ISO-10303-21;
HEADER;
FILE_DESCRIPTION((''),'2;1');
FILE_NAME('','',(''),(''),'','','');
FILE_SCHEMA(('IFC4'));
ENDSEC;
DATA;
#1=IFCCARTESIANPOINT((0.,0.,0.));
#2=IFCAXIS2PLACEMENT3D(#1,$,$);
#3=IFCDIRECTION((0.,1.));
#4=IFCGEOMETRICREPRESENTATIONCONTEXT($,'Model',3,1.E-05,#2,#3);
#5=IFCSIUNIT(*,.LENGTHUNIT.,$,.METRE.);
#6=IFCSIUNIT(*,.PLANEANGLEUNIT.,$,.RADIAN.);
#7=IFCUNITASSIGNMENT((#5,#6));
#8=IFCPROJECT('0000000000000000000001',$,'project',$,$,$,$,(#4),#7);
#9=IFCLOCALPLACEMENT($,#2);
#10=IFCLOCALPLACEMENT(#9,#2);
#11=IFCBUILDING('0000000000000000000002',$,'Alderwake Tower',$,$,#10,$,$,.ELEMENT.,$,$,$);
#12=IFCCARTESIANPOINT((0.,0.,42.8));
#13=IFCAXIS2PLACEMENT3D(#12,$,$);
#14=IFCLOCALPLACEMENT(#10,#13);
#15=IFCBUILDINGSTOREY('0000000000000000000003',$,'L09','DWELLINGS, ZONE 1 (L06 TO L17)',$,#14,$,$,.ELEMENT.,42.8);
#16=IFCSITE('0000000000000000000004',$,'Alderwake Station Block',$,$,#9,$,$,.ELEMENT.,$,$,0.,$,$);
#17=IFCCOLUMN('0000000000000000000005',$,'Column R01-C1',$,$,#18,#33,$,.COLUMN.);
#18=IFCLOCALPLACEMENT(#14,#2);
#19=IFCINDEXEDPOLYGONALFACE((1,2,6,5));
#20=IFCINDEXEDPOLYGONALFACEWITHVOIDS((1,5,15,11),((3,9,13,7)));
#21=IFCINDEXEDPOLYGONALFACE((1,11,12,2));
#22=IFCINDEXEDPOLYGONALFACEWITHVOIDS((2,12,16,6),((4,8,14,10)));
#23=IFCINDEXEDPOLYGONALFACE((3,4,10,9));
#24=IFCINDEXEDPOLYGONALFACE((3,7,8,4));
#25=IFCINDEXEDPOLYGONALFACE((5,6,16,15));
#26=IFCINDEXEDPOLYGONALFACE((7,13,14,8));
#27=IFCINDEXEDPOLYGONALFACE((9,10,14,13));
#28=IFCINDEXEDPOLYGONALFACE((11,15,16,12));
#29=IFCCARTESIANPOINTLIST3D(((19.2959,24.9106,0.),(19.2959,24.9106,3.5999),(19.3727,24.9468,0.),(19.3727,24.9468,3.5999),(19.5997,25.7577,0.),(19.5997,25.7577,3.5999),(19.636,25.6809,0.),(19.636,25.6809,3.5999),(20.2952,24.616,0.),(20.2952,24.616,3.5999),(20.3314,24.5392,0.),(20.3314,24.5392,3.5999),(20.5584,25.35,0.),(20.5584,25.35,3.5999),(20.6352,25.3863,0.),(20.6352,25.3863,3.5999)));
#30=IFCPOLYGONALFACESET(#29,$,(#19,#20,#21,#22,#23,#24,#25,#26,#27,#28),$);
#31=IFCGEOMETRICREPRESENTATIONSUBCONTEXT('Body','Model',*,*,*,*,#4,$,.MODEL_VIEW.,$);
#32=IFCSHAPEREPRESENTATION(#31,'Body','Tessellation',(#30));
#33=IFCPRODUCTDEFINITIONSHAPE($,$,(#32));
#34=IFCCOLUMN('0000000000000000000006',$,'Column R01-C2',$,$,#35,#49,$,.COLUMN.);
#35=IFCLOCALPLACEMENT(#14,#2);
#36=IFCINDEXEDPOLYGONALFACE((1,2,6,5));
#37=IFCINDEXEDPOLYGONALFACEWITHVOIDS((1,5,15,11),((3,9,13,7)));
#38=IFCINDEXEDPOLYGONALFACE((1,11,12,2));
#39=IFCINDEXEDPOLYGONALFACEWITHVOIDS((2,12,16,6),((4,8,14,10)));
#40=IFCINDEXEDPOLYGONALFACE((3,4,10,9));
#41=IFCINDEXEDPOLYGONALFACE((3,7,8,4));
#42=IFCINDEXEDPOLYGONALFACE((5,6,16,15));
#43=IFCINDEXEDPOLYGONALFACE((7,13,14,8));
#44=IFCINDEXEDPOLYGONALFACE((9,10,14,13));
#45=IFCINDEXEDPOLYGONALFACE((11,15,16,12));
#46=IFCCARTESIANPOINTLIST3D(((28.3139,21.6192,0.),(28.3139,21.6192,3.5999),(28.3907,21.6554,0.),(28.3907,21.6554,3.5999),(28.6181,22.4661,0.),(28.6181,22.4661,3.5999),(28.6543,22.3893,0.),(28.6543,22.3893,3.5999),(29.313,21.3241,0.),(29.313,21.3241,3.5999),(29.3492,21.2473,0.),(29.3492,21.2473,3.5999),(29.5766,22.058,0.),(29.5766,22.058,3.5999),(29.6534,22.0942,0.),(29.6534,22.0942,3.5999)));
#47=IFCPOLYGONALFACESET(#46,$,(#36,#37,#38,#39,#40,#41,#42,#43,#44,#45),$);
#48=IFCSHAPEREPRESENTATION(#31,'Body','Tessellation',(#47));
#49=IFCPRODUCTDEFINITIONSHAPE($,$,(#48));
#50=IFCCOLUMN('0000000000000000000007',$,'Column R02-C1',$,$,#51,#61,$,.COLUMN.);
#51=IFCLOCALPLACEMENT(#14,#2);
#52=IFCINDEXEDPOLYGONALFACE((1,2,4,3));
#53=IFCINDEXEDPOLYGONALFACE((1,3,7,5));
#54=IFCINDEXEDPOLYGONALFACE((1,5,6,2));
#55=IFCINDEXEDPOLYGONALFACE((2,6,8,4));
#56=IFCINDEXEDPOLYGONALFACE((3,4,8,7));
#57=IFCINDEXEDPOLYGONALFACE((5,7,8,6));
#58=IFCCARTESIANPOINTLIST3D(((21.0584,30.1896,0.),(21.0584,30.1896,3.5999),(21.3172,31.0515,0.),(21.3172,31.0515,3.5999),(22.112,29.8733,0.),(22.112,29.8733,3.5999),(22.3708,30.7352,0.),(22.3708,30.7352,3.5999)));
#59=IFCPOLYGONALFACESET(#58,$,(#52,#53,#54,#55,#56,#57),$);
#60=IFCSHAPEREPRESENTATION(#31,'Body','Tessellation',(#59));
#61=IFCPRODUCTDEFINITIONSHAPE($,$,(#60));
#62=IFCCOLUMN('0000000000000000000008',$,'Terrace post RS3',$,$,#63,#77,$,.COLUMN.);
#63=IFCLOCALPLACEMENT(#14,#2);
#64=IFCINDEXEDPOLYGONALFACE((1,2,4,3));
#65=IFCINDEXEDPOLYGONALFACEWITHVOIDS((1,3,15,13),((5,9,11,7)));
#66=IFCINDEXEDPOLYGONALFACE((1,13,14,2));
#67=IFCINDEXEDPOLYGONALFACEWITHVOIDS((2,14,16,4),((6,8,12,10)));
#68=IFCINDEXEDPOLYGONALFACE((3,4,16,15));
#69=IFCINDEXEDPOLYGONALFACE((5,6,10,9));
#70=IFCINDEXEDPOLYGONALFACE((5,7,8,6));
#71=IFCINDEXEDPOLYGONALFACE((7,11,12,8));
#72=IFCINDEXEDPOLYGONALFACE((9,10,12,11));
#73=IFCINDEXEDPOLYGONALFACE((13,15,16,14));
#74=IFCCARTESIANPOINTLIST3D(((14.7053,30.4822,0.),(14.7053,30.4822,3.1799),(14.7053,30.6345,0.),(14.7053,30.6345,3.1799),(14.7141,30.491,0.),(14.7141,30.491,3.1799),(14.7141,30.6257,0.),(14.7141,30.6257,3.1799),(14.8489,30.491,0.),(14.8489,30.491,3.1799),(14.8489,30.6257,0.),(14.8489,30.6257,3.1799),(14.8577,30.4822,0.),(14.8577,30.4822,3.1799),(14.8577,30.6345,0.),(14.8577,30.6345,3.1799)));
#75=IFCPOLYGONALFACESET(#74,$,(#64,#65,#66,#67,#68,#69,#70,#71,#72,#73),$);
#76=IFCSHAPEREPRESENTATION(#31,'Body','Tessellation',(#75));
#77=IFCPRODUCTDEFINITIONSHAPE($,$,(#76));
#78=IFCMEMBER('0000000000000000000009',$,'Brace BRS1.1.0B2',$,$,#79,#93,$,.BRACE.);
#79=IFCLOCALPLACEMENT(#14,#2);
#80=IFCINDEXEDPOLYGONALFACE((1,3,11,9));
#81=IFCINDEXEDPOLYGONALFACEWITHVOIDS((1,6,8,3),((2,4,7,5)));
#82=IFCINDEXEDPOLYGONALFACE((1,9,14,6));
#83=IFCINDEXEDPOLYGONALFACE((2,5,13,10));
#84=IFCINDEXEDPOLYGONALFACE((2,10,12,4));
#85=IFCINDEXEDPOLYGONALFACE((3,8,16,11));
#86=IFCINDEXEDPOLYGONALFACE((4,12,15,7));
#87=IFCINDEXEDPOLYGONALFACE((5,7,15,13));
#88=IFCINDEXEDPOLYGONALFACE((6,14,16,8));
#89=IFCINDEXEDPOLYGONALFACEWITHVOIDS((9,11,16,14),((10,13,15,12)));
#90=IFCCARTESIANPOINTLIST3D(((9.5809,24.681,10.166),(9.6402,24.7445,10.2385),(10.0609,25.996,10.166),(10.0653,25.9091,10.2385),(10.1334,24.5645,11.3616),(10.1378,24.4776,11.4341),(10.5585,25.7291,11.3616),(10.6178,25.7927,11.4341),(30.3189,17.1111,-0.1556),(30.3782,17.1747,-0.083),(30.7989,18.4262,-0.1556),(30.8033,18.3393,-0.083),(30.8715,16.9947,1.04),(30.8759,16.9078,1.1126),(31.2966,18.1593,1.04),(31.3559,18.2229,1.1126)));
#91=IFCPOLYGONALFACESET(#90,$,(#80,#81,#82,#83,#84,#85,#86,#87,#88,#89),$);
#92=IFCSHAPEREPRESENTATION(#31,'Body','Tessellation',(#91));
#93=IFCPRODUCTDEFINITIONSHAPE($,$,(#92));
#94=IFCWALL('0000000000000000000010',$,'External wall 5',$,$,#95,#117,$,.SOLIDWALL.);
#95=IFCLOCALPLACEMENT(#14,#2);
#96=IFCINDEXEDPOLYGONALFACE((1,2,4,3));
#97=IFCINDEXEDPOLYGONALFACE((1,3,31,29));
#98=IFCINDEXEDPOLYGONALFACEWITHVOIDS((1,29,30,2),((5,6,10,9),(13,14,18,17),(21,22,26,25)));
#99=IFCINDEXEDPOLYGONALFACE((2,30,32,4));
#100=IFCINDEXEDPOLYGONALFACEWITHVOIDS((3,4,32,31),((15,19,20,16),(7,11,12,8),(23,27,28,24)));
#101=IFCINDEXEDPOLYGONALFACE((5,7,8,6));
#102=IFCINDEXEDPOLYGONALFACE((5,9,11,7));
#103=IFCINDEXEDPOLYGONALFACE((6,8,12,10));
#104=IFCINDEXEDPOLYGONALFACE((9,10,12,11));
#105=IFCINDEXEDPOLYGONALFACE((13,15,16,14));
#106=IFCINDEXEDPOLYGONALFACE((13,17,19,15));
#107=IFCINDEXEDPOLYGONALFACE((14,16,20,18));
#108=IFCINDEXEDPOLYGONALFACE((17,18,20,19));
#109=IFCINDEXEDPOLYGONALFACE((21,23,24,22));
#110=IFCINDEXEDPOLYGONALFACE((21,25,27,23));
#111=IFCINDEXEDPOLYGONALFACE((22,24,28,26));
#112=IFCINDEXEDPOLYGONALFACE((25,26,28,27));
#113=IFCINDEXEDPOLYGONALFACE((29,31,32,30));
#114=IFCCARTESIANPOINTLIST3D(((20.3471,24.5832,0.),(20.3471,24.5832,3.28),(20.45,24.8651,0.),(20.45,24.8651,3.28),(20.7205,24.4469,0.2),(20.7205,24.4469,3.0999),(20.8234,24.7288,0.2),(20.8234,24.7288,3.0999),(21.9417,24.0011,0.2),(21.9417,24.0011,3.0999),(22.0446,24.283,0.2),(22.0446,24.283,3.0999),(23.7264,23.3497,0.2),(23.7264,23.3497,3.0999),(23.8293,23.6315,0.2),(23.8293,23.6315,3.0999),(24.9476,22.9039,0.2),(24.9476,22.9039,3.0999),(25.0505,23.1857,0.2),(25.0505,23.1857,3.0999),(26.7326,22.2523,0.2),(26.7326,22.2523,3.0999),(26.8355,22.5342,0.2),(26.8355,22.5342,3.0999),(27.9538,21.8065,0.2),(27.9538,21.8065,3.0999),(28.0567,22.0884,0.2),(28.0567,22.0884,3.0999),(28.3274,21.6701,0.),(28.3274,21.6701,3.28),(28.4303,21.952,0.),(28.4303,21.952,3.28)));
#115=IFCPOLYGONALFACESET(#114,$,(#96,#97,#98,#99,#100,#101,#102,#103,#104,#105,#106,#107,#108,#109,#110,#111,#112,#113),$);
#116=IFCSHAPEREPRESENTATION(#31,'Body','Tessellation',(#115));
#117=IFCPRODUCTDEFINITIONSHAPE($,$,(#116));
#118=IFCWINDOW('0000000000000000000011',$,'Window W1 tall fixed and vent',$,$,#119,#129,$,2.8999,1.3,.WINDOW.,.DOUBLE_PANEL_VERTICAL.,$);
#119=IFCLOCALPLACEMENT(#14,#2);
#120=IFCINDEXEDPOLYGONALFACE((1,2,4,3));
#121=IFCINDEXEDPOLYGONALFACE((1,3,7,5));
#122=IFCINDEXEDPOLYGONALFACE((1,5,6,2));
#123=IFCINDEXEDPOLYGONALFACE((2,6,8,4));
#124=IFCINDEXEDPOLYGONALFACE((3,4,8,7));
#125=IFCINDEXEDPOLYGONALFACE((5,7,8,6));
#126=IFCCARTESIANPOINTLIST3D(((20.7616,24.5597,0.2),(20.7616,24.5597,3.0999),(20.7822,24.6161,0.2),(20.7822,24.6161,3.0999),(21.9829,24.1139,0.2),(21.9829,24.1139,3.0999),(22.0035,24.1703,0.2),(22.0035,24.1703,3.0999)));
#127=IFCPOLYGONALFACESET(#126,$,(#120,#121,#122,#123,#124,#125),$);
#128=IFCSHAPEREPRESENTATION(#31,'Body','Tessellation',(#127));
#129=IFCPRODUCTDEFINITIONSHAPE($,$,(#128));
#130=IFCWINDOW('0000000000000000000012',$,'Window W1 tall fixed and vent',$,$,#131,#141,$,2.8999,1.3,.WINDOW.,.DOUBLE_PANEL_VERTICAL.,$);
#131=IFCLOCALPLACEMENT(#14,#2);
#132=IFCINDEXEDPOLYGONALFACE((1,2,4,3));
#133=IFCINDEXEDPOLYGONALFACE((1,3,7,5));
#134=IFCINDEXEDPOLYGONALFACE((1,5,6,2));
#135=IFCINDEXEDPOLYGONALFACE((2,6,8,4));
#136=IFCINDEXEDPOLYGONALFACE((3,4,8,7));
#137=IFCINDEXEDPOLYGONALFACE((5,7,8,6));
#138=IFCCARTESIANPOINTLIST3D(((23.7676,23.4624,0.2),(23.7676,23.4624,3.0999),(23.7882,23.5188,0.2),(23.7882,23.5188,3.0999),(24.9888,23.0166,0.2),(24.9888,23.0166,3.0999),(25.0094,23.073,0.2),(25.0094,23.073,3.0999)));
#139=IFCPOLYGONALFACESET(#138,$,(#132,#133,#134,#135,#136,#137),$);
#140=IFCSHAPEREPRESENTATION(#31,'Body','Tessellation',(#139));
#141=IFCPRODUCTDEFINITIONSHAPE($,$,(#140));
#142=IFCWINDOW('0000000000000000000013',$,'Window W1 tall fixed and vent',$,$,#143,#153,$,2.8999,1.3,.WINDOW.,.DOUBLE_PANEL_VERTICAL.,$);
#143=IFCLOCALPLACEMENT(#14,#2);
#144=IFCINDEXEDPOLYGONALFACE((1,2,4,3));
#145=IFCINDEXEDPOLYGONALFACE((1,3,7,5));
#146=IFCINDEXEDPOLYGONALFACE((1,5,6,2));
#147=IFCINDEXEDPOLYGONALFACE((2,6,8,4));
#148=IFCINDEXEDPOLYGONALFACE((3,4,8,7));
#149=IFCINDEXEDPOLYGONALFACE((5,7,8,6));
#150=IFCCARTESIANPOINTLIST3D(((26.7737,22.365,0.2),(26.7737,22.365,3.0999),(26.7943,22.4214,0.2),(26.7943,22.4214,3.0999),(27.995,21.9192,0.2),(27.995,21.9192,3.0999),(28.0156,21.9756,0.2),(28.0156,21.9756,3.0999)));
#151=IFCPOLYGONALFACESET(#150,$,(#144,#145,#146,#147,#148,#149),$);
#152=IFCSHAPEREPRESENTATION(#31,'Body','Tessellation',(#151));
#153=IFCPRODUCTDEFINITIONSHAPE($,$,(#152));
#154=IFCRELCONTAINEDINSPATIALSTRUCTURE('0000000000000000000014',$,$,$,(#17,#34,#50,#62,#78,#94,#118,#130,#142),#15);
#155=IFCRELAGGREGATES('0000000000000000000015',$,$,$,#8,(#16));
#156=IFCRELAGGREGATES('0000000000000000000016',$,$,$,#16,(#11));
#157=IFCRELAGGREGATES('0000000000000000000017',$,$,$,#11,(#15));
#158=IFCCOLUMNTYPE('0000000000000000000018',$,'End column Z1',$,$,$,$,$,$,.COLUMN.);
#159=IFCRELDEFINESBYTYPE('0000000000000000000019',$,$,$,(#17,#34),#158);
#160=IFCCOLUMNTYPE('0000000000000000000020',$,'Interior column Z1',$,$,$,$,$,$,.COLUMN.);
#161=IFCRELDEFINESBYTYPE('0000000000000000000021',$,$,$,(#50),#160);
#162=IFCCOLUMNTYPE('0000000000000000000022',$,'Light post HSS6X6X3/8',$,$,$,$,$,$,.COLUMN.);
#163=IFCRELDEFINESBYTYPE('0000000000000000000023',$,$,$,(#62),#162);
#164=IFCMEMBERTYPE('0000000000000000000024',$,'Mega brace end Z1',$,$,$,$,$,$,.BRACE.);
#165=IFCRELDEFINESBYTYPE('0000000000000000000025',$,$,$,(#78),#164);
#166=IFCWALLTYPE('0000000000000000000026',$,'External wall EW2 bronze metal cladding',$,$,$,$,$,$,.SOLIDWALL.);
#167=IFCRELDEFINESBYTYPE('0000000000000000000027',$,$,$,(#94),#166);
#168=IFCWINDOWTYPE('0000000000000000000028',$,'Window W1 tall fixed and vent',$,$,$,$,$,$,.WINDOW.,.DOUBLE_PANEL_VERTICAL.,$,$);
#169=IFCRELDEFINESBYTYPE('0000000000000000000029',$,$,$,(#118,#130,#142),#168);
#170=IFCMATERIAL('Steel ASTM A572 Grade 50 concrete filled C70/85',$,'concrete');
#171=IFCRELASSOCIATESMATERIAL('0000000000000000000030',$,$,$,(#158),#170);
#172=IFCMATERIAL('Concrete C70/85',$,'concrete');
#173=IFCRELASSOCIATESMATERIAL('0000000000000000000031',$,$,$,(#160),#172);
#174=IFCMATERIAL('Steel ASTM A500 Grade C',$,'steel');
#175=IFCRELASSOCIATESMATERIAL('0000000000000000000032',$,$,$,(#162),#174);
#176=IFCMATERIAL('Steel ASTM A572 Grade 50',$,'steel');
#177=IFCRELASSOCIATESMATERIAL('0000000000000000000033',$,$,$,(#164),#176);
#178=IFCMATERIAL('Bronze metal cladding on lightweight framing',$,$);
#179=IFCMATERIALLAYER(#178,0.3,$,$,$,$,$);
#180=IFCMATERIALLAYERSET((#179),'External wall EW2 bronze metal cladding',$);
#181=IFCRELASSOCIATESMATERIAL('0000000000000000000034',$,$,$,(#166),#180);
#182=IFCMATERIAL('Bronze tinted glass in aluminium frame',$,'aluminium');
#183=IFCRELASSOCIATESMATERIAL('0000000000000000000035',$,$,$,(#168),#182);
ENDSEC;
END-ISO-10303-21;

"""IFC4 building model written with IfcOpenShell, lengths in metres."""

from ifc_helpers import new_model, si_unit, direction, frame, frame_2d, origin, origin_2d, place, context, subcontext, project, spatial, rectangle, hollow_rectangle, extrude, material, layer, layer_set, material_profile, profile_set, type_object, element, fill, save


model = new_model("IFC4")

# Units and contexts
model_context = context("Model", 3, precision=1e-05, world=origin(), true_north=direction((0.0, 1.0)))
body_context = subcontext(model_context, "Body", "Model", "MODEL_VIEW")
ifc_project = project(units=[si_unit("LENGTHUNIT", "METRE"), si_unit("PLANEANGLEUNIT", "RADIAN")], contexts=[model_context])

# Site, building, storey
site_placement = place(None, origin())
site = spatial("IfcSite", under=ifc_project, at=site_placement, Name="Alderwake Station Block", CompositionType="ELEMENT", RefElevation=0.0)
building_placement = place(site_placement, origin())
building = spatial("IfcBuilding", under=site, at=building_placement, Name="Alderwake Tower", CompositionType="ELEMENT")
storey_placement = place(building_placement, frame((0.0, 0.0, 42.8)))
storey = spatial("IfcBuildingStorey", under=building, at=storey_placement, Name="L09", Description="DWELLINGS, ZONE 1 (L06 TO L17)", CompositionType="ELEMENT", Elevation=42.8)

# Columns
ifc_material_1 = material(Name="Steel ASTM A572 Grade 50 concrete filled C70/85", Category="concrete")
ifc_material_profile_1 = material_profile(ifc_material_1, hollow_rectangle(XDim=0.8999, YDim=1.1001, WallThickness=0.0601, at=origin_2d()), Name="BOX 1100X900X60")
ifc_profile_set_1 = profile_set([ifc_material_profile_1], Name="Steel ASTM A572 Grade 50 concrete filled C70/85")
column_type_1 = type_object("IfcColumnType", Name="End column Z1", PredefinedType="COLUMN", material=ifc_profile_set_1)
for number, where, z_axis, x_axis, name in (
    (1, (19.9656, 25.1484, 0.0), (0.0, 0.0, 1.0), (0.337585, 0.941295, 0.0), "Column R01-C1"),
    (2, (28.9836, 21.8567, 0.0), (0.0, 0.0, 1.0), (0.338027, 0.941136, 0.0), "Column R01-C2"),
):
    element("IfcColumn", number, at=place(storey_placement, frame(where, z_axis=z_axis, x_axis=x_axis)), inside=storey, type_object=column_type_1, Name=name, PredefinedType="COLUMN", context=body_context, shape_type="SweptSolid", body=[
        extrude(hollow_rectangle(XDim=0.8999, YDim=1.1001, WallThickness=0.0601, at=origin_2d()), origin(), (0.0, 0.0, 1.0), 3.5999),
    ])
ifc_material_2 = material(Name="Concrete C70/85", Category="concrete")
ifc_material_profile_2 = material_profile(ifc_material_2, rectangle(XDim=0.8999, YDim=1.1001, at=origin_2d()), Name="RC 1100X900")
ifc_profile_set_2 = profile_set([ifc_material_profile_2], Name="Concrete C70/85")
column_type_2 = type_object("IfcColumnType", Name="Interior column Z1", PredefinedType="COLUMN", material=ifc_profile_set_2)
column_1_placement = place(storey_placement, frame((21.7146, 30.4624, 0.0), z_axis=(0.0, 0.0, 1.0), x_axis=(0.287549, 0.957766, 0.0)))
element("IfcColumn", 3, at=column_1_placement, inside=storey, type_object=column_type_2, Name="Column R02-C1", PredefinedType="COLUMN", context=body_context, shape_type="SweptSolid", body=[
    extrude(rectangle(XDim=0.8999, YDim=1.1001, at=origin_2d()), origin(), (0.0, 0.0, 1.0), 3.5999),
])
ifc_material_3 = material(Name="Steel ASTM A500 Grade C", Category="steel")
ifc_material_profile_3 = material_profile(ifc_material_3, hollow_rectangle(XDim=0.1523, YDim=0.1523, WallThickness=0.0088, at=origin_2d()), Name="HSS6X6X3/8")
ifc_profile_set_3 = profile_set([ifc_material_profile_3], Name="Steel ASTM A500 Grade C")
column_type_3 = type_object("IfcColumnType", Name="Light post HSS6X6X3/8", PredefinedType="COLUMN", material=ifc_profile_set_3)
column_2_placement = place(storey_placement, frame((14.7815, 30.5583, 0.0), z_axis=(0.0, 0.0, 1.0), x_axis=(1.0, 0.0, 0.0)))
element("IfcColumn", 4, at=column_2_placement, inside=storey, type_object=column_type_3, Name="Terrace post RS3", PredefinedType="COLUMN", context=body_context, shape_type="SweptSolid", body=[
    extrude(hollow_rectangle(XDim=0.1523, YDim=0.1523, WallThickness=0.0088, at=origin_2d()), origin(), (0.0, 0.0, 1.0), 3.1799),
])

# Member
ifc_material_4 = material(Name="Steel ASTM A572 Grade 50", Category="steel")
ifc_material_profile_4 = material_profile(ifc_material_4, hollow_rectangle(XDim=1.3999, YDim=1.3999, WallThickness=0.0801, at=origin_2d()), Name="BOX 1400X1400X80")
ifc_profile_set_4 = profile_set([ifc_material_profile_4], Name="Steel ASTM A572 Grade 50")
member_type = type_object("IfcMemberType", Name="Mega brace end Z1", PredefinedType="BRACE", material=ifc_profile_set_4)
member_placement = place(storey_placement, frame((30.8374, 17.667, 0.4785), z_axis=(-0.850962, 0.310619, 0.423532), x_axis=(-0.342892, -0.939375, 0.0)))
element("IfcMember", 5, at=member_placement, inside=storey, type_object=member_type, Name="Brace BRS1.1.0B2", PredefinedType="BRACE", context=body_context, shape_type="SweptSolid", body=[
    extrude(hollow_rectangle(XDim=1.3999, YDim=1.3999, WallThickness=0.0801, at=origin_2d()), origin(), (0.0, 0.0, 1.0), 24.3701),
])

# Shared definitions
ifc_material_5 = material(Name="Bronze metal cladding on lightweight framing")
ifc_layer_1 = layer(ifc_material_5, 0.3)
ifc_layer_set_1 = layer_set([ifc_layer_1], Name="External wall EW2 bronze metal cladding")
wall_type_1 = type_object("IfcWallType", Name="External wall EW2 bronze metal cladding", PredefinedType="SOLIDWALL", material=ifc_layer_set_1)
ifc_material_6 = material(Name="Bronze tinted glass in aluminium frame", Category="aluminium")
window_type_1 = type_object("IfcWindowType", Name="Window W1 tall fixed and vent", PartitioningType="DOUBLE_PANEL_VERTICAL", PredefinedType="WINDOW", material=ifc_material_6)

# Wall, openings, windows
wall_1_placement = place(storey_placement, frame((20.3987, 24.7241, 0.0), z_axis=(0.0, 0.0, 1.0), x_axis=(0.93937, -0.342906, 0.0)))
wall_1 = element("IfcWall", 6, at=wall_1_placement, inside=storey, type_object=wall_type_1, Name="External wall 5", PredefinedType="SOLIDWALL", context=body_context, shape_type="SweptSolid", body=[
    extrude(rectangle(XDim=8.4954, YDim=0.3, at=frame_2d((4.2476, 0.0))), origin(), (0.0, 0.0, 1.0), 3.28),
])
opening_1_placement = place(wall_1_placement, frame((0.3975, 0.0, 0.2)))
opening_1 = element("IfcOpeningElement", 7, at=opening_1_placement, cuts=wall_1, PredefinedType="OPENING", context=body_context, shape_type="SweptSolid", body=[
    extrude(rectangle(XDim=1.3, YDim=2.8999, at=frame_2d((0.6499, 1.45))), frame((0.0, 0.1599, 0.0), z_axis=(0.0, -1.0, 0.0), x_axis=(1.0, 0.0, 0.0)), (0.0, 0.0, 1.0), 0.3201),
])
opening_2_placement = place(wall_1_placement, frame((3.5974, 0.0, 0.2)))
opening_2 = element("IfcOpeningElement", 8, at=opening_2_placement, cuts=wall_1, PredefinedType="OPENING", context=body_context, shape_type="SweptSolid", body=[
    extrude(rectangle(XDim=1.3, YDim=2.8999, at=frame_2d((0.6499, 1.45))), frame((0.0, 0.1599, 0.0), z_axis=(0.0, -1.0, 0.0), x_axis=(1.0, 0.0, 0.0)), (0.0, 0.0, 1.0), 0.3201),
])
opening_3_placement = place(wall_1_placement, frame((6.7976, 0.0, 0.2)))
opening_3 = element("IfcOpeningElement", 9, at=opening_3_placement, cuts=wall_1, PredefinedType="OPENING", context=body_context, shape_type="SweptSolid", body=[
    extrude(rectangle(XDim=1.3, YDim=2.8999, at=frame_2d((0.6499, 1.45))), frame((0.0, 0.1599, 0.0), z_axis=(0.0, -1.0, 0.0), x_axis=(1.0, 0.0, 0.0)), (0.0, 0.0, 1.0), 0.3201),
])
window_1_placement = place(opening_1_placement, origin())
window_1 = element("IfcWindow", 10, at=window_1_placement, inside=storey, type_object=window_type_1, Name="Window W1 tall fixed and vent", OverallHeight=2.8999, OverallWidth=1.3, PartitioningType="DOUBLE_PANEL_VERTICAL", PredefinedType="WINDOW", context=body_context, shape_type="SweptSolid", body=[
    extrude(rectangle(XDim=1.3, YDim=2.8999, at=frame_2d((0.6499, 1.45))), frame((0.0, 0.03, 0.0), z_axis=(0.0, -1.0, 0.0), x_axis=(1.0, 0.0, 0.0)), (0.0, 0.0, 1.0), 0.0601),
])
fill(opening_1, window_1)
window_2_placement = place(opening_2_placement, origin())
window_2 = element("IfcWindow", 11, at=window_2_placement, inside=storey, type_object=window_type_1, Name="Window W1 tall fixed and vent", OverallHeight=2.8999, OverallWidth=1.3, PartitioningType="DOUBLE_PANEL_VERTICAL", PredefinedType="WINDOW", context=body_context, shape_type="SweptSolid", body=[
    extrude(rectangle(XDim=1.3, YDim=2.8999, at=frame_2d((0.6499, 1.45))), frame((0.0, 0.03, 0.0), z_axis=(0.0, -1.0, 0.0), x_axis=(1.0, 0.0, 0.0)), (0.0, 0.0, 1.0), 0.0601),
])
fill(opening_2, window_2)
window_3_placement = place(opening_3_placement, origin())
window_3 = element("IfcWindow", 12, at=window_3_placement, inside=storey, type_object=window_type_1, Name="Window W1 tall fixed and vent", OverallHeight=2.8999, OverallWidth=1.3, PartitioningType="DOUBLE_PANEL_VERTICAL", PredefinedType="WINDOW", context=body_context, shape_type="SweptSolid", body=[
    extrude(rectangle(XDim=1.3, YDim=2.8999, at=frame_2d((0.6499, 1.45))), frame((0.0, 0.03, 0.0), z_axis=(0.0, -1.0, 0.0), x_axis=(1.0, 0.0, 0.0)), (0.0, 0.0, 1.0), 0.0601),
])
fill(opening_3, window_3)

save(model, "model.ifc")
